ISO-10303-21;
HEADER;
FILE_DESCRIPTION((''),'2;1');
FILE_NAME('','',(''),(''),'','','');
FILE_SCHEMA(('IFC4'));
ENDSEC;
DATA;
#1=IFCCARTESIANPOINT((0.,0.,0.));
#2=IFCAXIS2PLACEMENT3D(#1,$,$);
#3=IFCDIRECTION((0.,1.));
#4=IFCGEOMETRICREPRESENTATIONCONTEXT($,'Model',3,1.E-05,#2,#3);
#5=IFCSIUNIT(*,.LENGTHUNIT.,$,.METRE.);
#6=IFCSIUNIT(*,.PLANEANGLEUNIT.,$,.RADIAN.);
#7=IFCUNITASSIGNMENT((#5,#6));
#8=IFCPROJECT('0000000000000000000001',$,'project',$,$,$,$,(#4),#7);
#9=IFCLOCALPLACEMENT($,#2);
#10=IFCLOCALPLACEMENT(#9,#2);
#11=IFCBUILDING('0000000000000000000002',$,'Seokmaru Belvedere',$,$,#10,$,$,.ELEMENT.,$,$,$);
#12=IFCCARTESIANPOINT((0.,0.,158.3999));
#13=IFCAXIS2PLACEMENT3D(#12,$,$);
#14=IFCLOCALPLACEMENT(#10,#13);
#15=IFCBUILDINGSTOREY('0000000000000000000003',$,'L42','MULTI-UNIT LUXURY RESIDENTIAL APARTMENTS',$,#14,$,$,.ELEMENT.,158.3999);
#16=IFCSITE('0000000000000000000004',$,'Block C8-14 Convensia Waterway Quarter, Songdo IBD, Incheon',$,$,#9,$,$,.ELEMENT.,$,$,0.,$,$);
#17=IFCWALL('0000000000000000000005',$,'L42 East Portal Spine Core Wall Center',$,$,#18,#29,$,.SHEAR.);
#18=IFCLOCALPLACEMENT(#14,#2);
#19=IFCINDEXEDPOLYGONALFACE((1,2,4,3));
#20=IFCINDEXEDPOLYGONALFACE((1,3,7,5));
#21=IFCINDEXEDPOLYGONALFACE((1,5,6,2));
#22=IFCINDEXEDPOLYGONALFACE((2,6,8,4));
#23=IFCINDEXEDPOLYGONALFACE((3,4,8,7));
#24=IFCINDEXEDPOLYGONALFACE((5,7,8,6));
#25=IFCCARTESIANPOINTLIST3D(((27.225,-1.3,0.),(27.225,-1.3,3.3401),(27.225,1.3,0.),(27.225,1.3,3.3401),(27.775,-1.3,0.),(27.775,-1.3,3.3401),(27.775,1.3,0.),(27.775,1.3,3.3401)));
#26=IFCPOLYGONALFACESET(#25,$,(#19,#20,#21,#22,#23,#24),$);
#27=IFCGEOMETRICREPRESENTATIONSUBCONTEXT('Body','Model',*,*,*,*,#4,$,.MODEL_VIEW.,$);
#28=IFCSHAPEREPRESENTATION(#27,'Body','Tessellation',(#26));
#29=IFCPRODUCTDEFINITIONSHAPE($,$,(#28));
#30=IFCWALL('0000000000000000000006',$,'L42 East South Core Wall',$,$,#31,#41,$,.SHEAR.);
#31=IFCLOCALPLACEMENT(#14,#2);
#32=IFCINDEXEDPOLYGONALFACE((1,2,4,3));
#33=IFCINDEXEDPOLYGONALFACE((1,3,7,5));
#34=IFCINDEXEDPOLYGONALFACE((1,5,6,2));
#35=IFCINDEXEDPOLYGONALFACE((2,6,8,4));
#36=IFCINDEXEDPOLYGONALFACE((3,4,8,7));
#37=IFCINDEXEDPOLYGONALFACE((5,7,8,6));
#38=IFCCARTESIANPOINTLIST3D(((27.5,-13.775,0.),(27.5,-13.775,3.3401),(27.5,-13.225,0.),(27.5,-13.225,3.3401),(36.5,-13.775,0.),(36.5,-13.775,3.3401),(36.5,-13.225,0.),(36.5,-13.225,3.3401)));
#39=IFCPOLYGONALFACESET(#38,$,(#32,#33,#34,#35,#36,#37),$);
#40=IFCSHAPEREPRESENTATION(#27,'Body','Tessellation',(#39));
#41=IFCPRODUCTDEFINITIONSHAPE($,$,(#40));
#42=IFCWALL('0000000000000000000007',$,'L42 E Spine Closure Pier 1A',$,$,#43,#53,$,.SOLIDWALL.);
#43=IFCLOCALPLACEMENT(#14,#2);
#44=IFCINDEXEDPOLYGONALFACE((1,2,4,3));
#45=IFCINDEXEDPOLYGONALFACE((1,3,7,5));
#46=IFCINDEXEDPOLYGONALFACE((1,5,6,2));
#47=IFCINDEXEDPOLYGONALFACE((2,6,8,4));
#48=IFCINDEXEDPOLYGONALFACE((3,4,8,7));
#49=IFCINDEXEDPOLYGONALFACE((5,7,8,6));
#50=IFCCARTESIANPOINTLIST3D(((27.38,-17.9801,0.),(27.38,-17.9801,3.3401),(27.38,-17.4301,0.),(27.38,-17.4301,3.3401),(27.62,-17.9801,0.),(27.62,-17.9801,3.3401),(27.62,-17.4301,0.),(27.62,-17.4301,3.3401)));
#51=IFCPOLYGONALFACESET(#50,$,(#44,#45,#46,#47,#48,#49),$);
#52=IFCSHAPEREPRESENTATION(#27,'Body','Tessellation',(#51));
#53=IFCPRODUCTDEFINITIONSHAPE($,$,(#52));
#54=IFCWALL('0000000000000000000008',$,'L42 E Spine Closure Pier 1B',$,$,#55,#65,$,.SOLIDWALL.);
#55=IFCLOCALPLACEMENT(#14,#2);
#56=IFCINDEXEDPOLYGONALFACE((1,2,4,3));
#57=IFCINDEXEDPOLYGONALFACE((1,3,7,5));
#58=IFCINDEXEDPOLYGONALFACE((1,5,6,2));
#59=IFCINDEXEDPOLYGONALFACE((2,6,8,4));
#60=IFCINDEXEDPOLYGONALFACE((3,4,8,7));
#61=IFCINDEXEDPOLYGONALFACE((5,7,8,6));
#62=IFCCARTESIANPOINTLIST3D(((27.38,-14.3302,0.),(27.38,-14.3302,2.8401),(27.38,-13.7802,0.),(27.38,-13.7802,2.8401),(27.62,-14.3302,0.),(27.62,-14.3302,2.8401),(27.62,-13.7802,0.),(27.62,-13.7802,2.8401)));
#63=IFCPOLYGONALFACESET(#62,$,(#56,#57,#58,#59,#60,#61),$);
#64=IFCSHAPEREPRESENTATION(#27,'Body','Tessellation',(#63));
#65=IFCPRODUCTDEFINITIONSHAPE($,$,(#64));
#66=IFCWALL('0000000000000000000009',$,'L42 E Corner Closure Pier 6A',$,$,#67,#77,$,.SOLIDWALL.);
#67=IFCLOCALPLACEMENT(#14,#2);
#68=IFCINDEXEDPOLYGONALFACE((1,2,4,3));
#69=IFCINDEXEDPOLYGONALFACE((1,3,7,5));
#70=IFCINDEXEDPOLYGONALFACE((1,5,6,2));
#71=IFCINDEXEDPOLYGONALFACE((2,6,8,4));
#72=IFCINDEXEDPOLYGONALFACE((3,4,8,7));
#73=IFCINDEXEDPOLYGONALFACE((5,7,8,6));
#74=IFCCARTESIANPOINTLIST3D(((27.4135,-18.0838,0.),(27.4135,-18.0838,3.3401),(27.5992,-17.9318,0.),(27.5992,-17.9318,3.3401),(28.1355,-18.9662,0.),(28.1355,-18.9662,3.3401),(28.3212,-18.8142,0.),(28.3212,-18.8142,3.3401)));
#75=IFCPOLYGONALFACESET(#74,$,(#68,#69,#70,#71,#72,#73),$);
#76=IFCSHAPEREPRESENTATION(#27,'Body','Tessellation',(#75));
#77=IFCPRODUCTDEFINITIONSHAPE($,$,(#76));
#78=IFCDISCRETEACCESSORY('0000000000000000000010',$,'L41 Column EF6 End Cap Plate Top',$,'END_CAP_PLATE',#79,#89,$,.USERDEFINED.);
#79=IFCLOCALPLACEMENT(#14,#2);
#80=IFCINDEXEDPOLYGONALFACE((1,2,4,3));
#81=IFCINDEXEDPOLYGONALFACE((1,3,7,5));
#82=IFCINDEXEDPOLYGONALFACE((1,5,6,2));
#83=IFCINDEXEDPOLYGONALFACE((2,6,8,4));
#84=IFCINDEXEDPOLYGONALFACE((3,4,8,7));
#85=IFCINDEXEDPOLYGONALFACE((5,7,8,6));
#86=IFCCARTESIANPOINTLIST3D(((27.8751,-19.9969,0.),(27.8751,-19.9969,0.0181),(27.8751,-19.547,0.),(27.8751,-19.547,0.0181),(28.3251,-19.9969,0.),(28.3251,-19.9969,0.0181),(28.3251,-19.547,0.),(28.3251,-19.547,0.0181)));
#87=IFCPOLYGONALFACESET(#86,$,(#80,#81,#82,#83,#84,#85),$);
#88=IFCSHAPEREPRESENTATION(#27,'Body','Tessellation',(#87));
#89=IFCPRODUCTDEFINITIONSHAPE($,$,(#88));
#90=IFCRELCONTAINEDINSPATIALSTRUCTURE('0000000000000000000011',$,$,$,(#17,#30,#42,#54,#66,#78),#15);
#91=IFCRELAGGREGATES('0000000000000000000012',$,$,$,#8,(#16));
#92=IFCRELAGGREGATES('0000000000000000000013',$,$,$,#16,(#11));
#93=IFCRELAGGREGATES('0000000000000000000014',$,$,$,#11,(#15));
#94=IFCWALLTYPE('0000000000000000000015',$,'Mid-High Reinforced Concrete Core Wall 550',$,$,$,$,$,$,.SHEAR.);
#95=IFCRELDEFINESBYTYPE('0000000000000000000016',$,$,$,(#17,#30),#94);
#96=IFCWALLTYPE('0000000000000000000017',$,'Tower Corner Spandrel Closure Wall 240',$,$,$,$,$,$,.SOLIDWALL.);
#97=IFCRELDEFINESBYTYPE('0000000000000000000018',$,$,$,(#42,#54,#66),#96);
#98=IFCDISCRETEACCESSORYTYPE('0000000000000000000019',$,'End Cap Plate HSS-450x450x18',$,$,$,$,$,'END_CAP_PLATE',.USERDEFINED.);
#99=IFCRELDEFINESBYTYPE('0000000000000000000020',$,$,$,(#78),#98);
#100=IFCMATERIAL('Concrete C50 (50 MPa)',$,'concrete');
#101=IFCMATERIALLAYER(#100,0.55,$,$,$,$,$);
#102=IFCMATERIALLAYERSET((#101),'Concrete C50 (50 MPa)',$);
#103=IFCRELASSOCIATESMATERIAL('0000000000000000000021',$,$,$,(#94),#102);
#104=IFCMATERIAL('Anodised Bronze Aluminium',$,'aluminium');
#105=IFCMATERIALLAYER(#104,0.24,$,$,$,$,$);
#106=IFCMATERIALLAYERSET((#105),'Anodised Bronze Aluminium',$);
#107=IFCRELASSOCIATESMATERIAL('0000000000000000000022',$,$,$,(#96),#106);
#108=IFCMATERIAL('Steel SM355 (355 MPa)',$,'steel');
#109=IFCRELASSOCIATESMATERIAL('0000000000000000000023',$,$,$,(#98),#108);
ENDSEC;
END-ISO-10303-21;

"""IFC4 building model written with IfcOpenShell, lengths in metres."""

from ifc_helpers import new_model, si_unit, direction, frame, frame_2d, origin, origin_2d, place, context, subcontext, project, spatial, rectangle, extrude, source, transform, mapped, material, layer, layer_set, type_object, type_shapes, element, save


model = new_model("IFC4")

# Units and contexts
model_context = context("Model", 3, precision=1e-05, world=origin(), true_north=direction((0.0, 1.0)))
body_context = subcontext(model_context, "Body", "Model", "MODEL_VIEW")
ifc_project = project(units=[si_unit("LENGTHUNIT", "METRE"), si_unit("PLANEANGLEUNIT", "RADIAN")], contexts=[model_context])

# Site, building, storey
site_placement = place(None, origin())
site = spatial("IfcSite", under=ifc_project, at=site_placement, Name="Block C8-14 Convensia Waterway Quarter, Songdo IBD, Incheon", CompositionType="ELEMENT", RefElevation=0.0)
building_placement = place(site_placement, origin())
building = spatial("IfcBuilding", under=site, at=building_placement, Name="Seokmaru Belvedere", CompositionType="ELEMENT")
storey_placement = place(building_placement, frame((0.0, 0.0, 158.3999)))
storey = spatial("IfcBuildingStorey", under=building, at=storey_placement, Name="L42", Description="MULTI-UNIT LUXURY RESIDENTIAL APARTMENTS", CompositionType="ELEMENT", Elevation=158.3999)

# Shared definitions
ifc_material_1 = material(Name="Steel SM355 (355 MPa)", Category="steel")

# Shared definitions
ifc_material_2 = material(Name="Anodised Bronze Aluminium", Category="aluminium")

# Shared definitions
ifc_material_3 = material(Name="Concrete C50 (50 MPa)", Category="concrete")

# Walls
ifc_layer_1 = layer(ifc_material_3, 0.55)
ifc_layer_set_1 = layer_set([ifc_layer_1], Name="Concrete C50 (50 MPa)")
wall_type_1 = type_object("IfcWallType", Name="Mid-High Reinforced Concrete Core Wall 550", PredefinedType="SHEAR", material=ifc_layer_set_1)
wall_1_placement = place(storey_placement, frame((27.5, -1.3, 0.0), z_axis=(0.0, 0.0, 1.0), x_axis=(0.0, 1.0, 0.0)))
element("IfcWall", 1, at=wall_1_placement, inside=storey, type_object=wall_type_1, Name="L42 East Portal Spine Core Wall Center", PredefinedType="SHEAR", context=body_context, shape_type="SweptSolid", body=[
    extrude(rectangle(XDim=2.6001, YDim=0.55, at=frame_2d((1.3, 0.0))), origin(), (0.0, 0.0, 1.0), 3.3401),
])
wall_2_placement = place(storey_placement, frame((27.5, -13.5, 0.0), z_axis=(0.0, 0.0, 1.0), x_axis=(1.0, 0.0, 0.0)))
element("IfcWall", 2, at=wall_2_placement, inside=storey, type_object=wall_type_1, Name="L42 East South Core Wall", PredefinedType="SHEAR", context=body_context, shape_type="SweptSolid", body=[
    extrude(rectangle(XDim=9.0, YDim=0.55, at=frame_2d((4.5, 0.0))), origin(), (0.0, 0.0, 1.0), 3.3401),
])
ifc_layer_2 = layer(ifc_material_2, 0.24)
ifc_layer_set_2 = layer_set([ifc_layer_2], Name="Anodised Bronze Aluminium")
wall_type_2 = type_object("IfcWallType", Name="Tower Corner Spandrel Closure Wall 240", PredefinedType="SOLIDWALL", material=ifc_layer_set_2)
wall_3_placement = place(storey_placement, frame((27.5, -17.98, 0.0), z_axis=(0.0, 0.0, 1.0), x_axis=(0.0, 1.0, 0.0)))
element("IfcWall", 3, at=wall_3_placement, inside=storey, type_object=wall_type_2, Name="L42 E Spine Closure Pier 1A", PredefinedType="SOLIDWALL", context=body_context, shape_type="SweptSolid", body=[
    extrude(rectangle(XDim=0.55, YDim=0.24, at=frame_2d((0.2749, 0.0))), origin(), (0.0, 0.0, 1.0), 3.3401),
])
wall_4_placement = place(storey_placement, frame((27.5, -14.3301, 0.0), z_axis=(0.0, 0.0, 1.0), x_axis=(0.0, 1.0, 0.0)))
element("IfcWall", 4, at=wall_4_placement, inside=storey, type_object=wall_type_2, Name="L42 E Spine Closure Pier 1B", PredefinedType="SOLIDWALL", context=body_context, shape_type="SweptSolid", body=[
    extrude(rectangle(XDim=0.55, YDim=0.24, at=frame_2d((0.2749, 0.0))), origin(), (0.0, 0.0, 1.0), 2.8401),
])
wall_5_placement = place(storey_placement, frame((27.5063, -18.0078, 0.0), z_axis=(0.0, 0.0, 1.0), x_axis=(0.633249, -0.773948, 0.0)))
element("IfcWall", 5, at=wall_5_placement, inside=storey, type_object=wall_type_2, Name="L42 E Corner Closure Pier 6A", PredefinedType="SOLIDWALL", context=body_context, shape_type="SweptSolid", body=[
    extrude(rectangle(XDim=1.1401, YDim=0.24, at=frame_2d((0.5701, 0.0))), origin(), (0.0, 0.0, 1.0), 3.3401),
])

# Discrete accessory
discrete_accessory_type = type_object("IfcDiscreteAccessoryType", Name="End Cap Plate HSS-450x450x18", ElementType="END_CAP_PLATE", PredefinedType="USERDEFINED", material=ifc_material_1)
shared_shape_1 = source(origin(), body_context, "Body", "SweptSolid", [
    extrude(rectangle(XDim=0.45, YDim=0.45, at=origin_2d()), origin(), (0.0, 0.0, 1.0), 0.0181),
])
type_shapes(discrete_accessory_type, [shared_shape_1])
discrete_accessory_placement = place(storey_placement, frame((28.1001, -19.772, 0.0), z_axis=(0.0, 0.0, 1.0), x_axis=(1.0, 0.0, 0.0)))
element("IfcDiscreteAccessory", 6, at=discrete_accessory_placement, inside=storey, type_object=discrete_accessory_type, Name="L41 Column EF6 End Cap Plate Top", ObjectType="END_CAP_PLATE", PredefinedType="USERDEFINED", context=body_context, shape_type="MappedRepresentation", body=[
    mapped(shared_shape_1, transform((0.0, 0.0, 0.0), scale=1.0)),
])

save(model, "model.ifc")
